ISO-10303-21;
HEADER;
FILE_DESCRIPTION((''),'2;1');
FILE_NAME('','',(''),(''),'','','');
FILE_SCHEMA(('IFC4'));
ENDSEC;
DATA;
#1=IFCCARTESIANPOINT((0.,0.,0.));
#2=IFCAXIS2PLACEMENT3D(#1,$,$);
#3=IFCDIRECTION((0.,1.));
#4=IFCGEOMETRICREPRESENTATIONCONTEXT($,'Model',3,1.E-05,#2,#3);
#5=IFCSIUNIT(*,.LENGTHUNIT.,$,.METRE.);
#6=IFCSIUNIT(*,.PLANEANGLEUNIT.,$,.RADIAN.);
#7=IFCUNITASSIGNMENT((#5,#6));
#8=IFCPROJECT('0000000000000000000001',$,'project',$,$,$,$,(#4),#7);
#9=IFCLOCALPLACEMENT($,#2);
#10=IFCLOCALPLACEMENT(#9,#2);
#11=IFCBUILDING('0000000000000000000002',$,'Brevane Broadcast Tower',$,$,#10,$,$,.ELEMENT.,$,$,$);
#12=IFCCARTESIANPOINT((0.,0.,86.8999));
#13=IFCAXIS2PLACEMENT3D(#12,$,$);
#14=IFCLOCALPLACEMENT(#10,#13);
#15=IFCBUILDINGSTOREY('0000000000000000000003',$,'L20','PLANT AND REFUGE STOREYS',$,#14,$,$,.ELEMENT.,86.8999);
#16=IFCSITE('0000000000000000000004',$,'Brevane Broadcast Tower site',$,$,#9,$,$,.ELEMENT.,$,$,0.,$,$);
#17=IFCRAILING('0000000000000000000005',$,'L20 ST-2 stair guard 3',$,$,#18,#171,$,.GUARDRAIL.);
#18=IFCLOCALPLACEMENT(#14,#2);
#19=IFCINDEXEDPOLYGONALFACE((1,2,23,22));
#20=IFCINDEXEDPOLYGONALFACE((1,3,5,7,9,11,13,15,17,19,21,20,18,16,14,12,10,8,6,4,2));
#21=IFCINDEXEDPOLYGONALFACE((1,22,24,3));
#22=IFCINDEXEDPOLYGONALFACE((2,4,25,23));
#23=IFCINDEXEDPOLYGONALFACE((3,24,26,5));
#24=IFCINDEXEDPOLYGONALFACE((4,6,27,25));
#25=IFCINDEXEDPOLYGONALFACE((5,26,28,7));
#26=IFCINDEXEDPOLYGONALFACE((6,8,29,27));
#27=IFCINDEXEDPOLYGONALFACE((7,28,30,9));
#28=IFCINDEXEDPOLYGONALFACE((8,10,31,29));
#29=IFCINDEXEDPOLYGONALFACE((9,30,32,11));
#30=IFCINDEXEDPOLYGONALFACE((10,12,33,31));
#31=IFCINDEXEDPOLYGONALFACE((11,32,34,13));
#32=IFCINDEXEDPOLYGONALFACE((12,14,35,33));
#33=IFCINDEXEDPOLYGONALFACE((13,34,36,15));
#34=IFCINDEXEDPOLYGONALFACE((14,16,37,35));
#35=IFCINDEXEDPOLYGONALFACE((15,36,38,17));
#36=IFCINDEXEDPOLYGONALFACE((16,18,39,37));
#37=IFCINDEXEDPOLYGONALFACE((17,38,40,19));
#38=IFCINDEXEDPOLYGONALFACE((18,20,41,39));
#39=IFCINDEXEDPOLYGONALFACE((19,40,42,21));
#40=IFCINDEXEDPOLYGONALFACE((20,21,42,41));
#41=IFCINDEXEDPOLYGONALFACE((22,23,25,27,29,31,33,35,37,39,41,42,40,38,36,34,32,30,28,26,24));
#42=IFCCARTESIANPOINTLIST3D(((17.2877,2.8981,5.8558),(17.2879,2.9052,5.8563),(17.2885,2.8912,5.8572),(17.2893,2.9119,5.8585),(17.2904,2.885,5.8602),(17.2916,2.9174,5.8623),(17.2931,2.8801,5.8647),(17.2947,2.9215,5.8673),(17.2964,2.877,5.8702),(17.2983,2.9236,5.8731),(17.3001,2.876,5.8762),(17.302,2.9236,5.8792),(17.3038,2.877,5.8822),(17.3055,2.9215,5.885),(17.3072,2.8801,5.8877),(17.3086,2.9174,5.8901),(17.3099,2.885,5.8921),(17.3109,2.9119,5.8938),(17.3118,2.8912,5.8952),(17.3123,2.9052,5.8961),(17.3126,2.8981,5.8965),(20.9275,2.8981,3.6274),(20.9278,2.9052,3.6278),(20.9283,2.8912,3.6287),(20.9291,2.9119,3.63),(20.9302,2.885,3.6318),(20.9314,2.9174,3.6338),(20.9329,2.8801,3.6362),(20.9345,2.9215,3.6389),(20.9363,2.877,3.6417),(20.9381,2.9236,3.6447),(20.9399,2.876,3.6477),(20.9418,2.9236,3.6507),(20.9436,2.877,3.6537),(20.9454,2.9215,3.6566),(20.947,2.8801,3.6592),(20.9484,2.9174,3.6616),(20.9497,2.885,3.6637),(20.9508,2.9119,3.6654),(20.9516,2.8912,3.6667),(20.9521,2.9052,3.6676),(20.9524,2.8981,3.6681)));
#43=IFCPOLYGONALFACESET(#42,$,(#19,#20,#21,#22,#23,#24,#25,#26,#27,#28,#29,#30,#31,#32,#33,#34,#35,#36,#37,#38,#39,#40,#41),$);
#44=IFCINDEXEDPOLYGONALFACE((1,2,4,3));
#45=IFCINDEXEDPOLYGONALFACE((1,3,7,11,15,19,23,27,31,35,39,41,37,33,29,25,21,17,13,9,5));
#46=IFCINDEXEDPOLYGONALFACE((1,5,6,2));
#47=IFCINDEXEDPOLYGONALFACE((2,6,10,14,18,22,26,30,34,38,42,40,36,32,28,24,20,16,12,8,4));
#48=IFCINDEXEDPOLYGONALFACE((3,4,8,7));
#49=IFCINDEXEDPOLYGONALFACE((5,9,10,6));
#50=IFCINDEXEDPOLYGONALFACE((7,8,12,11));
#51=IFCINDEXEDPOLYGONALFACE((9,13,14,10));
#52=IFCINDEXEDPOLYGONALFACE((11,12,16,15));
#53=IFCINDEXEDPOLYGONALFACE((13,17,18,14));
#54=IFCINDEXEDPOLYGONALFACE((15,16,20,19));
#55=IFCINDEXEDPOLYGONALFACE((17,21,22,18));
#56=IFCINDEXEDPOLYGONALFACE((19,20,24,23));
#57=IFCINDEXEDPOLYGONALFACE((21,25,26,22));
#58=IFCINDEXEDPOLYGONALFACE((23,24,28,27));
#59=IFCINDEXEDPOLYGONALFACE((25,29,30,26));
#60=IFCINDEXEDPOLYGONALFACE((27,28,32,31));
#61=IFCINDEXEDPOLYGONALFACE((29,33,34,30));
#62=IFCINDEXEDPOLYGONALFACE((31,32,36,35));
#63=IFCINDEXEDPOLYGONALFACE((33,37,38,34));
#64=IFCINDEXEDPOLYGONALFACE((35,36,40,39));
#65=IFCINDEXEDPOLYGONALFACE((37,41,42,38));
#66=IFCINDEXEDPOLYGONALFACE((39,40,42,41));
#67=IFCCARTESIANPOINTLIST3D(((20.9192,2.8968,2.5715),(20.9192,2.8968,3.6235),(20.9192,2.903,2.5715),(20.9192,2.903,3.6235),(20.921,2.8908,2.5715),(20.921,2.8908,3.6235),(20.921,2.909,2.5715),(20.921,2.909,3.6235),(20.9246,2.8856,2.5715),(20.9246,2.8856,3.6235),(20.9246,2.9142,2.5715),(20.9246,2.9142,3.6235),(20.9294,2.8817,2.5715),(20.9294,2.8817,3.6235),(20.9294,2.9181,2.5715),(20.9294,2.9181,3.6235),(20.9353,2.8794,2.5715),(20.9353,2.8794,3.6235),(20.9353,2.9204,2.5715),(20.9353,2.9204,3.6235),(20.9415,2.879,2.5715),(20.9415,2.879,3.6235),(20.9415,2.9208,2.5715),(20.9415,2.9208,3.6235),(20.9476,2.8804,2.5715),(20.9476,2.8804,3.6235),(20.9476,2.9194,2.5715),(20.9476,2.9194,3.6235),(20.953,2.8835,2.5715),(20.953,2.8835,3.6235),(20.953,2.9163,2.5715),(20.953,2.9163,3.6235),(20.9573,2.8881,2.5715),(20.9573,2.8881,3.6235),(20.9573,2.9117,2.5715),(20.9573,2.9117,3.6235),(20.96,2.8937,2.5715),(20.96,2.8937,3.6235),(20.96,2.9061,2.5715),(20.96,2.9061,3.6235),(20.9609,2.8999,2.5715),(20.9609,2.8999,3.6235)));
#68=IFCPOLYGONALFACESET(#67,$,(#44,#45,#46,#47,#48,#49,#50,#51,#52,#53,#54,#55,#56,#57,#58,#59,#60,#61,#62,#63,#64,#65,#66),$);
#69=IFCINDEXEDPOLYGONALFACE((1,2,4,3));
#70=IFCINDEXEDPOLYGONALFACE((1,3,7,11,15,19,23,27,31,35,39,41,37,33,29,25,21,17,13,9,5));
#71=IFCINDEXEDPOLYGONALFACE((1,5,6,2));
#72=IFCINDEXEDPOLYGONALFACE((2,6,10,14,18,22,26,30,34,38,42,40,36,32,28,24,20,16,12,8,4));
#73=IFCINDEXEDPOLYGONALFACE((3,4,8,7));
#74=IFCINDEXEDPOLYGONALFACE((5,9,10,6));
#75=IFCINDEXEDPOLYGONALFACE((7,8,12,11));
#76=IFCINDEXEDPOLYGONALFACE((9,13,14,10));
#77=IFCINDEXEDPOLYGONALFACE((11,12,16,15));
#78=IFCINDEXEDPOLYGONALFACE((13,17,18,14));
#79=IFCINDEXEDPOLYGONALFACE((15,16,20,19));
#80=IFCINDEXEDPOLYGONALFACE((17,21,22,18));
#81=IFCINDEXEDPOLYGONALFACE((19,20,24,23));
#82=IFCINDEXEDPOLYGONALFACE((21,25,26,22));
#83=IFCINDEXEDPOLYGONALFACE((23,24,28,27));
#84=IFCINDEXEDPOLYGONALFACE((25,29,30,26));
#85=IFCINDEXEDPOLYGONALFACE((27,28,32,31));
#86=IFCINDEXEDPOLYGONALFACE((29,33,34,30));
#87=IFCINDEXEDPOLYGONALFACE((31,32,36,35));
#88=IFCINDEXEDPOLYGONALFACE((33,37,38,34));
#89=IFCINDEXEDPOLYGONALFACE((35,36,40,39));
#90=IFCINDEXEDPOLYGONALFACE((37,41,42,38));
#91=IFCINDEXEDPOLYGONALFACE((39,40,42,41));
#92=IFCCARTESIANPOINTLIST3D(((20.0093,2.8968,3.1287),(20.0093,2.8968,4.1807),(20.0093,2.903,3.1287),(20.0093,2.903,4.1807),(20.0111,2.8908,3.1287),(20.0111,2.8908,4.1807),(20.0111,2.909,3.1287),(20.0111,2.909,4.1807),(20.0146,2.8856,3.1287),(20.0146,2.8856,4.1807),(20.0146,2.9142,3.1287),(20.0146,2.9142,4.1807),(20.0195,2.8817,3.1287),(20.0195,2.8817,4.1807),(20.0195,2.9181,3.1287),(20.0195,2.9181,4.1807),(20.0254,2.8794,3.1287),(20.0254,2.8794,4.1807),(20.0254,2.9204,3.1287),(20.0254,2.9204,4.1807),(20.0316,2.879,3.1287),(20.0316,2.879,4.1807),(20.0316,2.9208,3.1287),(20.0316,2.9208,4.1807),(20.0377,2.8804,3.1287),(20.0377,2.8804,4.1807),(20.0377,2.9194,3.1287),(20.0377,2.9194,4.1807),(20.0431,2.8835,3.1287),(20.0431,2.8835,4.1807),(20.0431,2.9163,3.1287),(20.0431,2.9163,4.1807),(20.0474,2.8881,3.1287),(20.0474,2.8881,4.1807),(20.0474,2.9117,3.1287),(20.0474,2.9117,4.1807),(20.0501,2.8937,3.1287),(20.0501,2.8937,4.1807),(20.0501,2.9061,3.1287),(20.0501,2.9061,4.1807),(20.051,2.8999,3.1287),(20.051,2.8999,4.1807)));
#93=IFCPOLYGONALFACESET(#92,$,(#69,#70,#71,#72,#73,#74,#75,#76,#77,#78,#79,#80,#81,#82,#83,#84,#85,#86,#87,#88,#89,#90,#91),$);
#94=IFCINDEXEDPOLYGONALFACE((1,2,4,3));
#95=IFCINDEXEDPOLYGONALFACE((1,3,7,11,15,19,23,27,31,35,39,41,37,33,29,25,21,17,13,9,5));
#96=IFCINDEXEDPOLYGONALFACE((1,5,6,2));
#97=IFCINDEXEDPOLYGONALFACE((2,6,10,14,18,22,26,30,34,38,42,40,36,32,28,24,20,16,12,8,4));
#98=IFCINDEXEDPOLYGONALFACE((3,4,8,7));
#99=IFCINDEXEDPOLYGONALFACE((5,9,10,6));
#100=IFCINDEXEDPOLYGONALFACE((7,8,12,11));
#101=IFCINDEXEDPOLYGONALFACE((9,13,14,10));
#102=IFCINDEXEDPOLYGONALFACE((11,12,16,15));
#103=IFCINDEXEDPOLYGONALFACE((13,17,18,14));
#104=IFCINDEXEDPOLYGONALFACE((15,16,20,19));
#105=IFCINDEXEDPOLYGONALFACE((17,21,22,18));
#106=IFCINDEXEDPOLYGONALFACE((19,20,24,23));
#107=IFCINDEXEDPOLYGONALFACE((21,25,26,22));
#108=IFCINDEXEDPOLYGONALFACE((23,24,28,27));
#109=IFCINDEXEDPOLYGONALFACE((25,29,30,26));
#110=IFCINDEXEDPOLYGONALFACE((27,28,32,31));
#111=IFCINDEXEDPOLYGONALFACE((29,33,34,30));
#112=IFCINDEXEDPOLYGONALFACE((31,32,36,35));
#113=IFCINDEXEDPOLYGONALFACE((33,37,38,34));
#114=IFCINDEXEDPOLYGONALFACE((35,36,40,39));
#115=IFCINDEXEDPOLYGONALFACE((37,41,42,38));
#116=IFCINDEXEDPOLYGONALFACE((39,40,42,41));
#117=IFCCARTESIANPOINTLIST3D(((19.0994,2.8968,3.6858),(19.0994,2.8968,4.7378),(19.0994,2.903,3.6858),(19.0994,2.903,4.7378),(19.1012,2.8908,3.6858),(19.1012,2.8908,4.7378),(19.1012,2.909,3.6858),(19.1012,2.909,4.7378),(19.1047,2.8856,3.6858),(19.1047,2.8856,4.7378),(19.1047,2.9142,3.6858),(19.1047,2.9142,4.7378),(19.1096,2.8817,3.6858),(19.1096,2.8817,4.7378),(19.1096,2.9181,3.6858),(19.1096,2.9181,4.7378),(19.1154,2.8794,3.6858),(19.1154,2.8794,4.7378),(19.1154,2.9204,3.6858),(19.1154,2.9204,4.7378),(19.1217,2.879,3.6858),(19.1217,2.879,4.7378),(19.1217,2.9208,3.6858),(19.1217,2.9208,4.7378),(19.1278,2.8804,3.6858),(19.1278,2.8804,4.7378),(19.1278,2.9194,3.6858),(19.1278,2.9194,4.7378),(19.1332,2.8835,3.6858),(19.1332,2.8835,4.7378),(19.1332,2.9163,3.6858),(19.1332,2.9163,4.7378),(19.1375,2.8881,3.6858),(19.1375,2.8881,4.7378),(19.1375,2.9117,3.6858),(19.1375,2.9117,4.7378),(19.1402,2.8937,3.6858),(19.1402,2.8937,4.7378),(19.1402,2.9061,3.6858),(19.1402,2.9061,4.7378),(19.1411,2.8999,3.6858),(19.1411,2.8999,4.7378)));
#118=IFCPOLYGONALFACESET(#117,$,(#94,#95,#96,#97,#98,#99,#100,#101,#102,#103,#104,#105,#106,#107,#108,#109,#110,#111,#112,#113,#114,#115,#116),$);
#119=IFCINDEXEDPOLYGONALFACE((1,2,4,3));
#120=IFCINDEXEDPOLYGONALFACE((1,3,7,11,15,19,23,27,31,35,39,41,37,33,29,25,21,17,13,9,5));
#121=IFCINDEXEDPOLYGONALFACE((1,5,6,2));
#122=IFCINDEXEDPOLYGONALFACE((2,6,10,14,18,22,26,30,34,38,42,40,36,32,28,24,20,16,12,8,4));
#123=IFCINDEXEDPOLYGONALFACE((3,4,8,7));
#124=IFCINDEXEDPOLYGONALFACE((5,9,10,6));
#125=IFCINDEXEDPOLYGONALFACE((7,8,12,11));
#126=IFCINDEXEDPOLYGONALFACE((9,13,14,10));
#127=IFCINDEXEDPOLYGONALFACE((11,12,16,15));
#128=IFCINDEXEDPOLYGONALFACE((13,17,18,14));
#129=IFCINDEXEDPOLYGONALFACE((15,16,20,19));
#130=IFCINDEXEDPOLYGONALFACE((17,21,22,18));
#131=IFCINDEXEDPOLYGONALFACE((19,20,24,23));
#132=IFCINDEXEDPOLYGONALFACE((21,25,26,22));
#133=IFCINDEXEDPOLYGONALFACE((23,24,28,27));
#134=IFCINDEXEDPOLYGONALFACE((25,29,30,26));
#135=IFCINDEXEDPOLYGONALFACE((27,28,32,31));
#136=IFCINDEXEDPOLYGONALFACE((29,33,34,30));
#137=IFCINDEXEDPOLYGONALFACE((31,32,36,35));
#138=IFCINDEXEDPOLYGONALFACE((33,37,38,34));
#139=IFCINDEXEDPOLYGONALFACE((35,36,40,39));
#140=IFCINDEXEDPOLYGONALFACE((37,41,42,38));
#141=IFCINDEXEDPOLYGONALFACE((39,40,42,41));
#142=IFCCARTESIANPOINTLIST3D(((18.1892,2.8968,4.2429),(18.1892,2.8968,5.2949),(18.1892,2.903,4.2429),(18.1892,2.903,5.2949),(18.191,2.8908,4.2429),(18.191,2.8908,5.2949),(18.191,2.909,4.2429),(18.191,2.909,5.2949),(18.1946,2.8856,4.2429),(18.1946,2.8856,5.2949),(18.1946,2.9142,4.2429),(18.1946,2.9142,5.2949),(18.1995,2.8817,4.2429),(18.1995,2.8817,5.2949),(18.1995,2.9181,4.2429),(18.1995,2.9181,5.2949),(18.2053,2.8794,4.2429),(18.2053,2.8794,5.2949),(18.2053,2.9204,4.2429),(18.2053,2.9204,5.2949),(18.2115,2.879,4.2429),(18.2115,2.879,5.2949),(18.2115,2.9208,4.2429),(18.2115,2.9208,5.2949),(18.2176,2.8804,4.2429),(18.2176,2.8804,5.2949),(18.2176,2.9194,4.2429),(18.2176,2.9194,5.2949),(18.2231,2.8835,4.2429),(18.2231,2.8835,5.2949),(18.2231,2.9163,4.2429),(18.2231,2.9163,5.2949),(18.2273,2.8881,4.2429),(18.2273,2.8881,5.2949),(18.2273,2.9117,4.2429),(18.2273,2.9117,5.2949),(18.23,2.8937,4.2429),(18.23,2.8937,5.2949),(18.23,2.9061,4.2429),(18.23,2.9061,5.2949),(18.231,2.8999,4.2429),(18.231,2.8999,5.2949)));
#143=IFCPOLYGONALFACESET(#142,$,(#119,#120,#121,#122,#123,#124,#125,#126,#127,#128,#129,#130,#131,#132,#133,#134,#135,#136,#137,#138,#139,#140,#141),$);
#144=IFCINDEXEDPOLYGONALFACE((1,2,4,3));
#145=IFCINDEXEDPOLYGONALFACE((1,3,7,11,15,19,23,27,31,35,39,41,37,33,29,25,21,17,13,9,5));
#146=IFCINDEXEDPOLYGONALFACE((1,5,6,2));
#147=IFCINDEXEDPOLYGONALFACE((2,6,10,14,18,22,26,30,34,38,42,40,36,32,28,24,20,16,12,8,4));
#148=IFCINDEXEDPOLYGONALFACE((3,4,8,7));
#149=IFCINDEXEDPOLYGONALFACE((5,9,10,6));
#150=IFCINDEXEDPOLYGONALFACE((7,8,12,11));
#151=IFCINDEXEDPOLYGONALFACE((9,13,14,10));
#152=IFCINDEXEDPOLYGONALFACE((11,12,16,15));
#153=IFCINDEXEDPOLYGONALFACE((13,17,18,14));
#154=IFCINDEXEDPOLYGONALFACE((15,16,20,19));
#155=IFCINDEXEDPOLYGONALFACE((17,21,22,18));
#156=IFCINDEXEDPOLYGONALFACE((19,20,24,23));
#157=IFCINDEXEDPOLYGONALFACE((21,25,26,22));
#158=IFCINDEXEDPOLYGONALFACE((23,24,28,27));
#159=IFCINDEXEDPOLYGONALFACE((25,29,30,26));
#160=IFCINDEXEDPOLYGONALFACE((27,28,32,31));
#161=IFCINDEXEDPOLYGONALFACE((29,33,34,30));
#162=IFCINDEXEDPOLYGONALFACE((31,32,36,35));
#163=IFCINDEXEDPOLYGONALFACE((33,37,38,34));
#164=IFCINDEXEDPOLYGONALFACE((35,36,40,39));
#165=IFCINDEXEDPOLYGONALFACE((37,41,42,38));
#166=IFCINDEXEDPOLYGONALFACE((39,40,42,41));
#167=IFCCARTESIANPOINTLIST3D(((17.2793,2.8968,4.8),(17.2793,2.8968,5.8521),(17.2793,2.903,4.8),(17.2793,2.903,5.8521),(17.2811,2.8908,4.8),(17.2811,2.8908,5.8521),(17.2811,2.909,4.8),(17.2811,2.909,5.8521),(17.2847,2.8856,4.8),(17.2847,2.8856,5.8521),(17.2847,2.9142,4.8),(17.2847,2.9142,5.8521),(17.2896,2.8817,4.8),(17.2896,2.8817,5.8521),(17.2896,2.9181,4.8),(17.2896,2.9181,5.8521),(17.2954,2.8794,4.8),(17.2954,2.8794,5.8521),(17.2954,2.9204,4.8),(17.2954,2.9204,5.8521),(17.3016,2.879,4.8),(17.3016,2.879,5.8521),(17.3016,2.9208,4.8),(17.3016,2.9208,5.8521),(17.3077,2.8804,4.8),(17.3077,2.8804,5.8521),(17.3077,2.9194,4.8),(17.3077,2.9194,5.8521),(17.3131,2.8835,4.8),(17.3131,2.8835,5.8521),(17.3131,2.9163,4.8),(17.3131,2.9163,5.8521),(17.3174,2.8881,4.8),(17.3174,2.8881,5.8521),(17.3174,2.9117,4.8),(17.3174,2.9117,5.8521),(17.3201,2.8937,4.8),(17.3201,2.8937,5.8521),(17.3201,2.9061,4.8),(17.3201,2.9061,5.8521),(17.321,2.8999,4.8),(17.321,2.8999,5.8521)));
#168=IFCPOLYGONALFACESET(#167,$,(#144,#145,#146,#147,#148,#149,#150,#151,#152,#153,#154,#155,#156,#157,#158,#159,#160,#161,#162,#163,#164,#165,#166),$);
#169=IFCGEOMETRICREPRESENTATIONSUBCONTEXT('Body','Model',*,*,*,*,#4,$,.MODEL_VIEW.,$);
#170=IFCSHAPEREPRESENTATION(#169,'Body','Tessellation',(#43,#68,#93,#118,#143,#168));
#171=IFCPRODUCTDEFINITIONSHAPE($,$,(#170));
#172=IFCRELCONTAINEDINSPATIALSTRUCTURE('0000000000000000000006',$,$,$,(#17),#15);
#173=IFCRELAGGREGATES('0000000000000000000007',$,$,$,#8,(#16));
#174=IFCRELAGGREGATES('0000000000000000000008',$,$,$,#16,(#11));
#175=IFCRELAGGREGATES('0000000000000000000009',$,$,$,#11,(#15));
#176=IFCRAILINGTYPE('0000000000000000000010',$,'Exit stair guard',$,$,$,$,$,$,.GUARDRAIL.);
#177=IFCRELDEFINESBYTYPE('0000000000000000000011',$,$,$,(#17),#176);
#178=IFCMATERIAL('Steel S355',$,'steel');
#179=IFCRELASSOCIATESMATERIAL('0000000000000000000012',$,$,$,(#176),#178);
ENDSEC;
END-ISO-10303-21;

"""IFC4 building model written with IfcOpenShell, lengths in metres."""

from ifc_helpers import new_model, si_unit, direction, frame, origin, origin_2d, place, context, subcontext, project, spatial, circle, extrude, material, type_object, element, save


model = new_model("IFC4")

# Units and contexts
model_context = context("Model", 3, precision=1e-05, world=origin(), true_north=direction((0.0, 1.0)))
body_context = subcontext(model_context, "Body", "Model", "MODEL_VIEW")
ifc_project = project(units=[si_unit("LENGTHUNIT", "METRE"), si_unit("PLANEANGLEUNIT", "RADIAN")], contexts=[model_context])

# Site, building, storey
site_placement = place(None, origin())
site = spatial("IfcSite", under=ifc_project, at=site_placement, Name="Brevane Broadcast Tower site", CompositionType="ELEMENT", RefElevation=0.0)
building_placement = place(site_placement, origin())
building = spatial("IfcBuilding", under=site, at=building_placement, Name="Brevane Broadcast Tower", CompositionType="ELEMENT")
storey_placement = place(building_placement, frame((0.0, 0.0, 86.8999)))
storey = spatial("IfcBuildingStorey", under=building, at=storey_placement, Name="L20", Description="PLANT AND REFUGE STOREYS", CompositionType="ELEMENT", Elevation=86.8999)

# Shared definitions
ifc_material_1 = material(Name="Steel S355", Category="steel")

# Railing
railing_type_1 = type_object("IfcRailingType", Name="Exit stair guard", PredefinedType="GUARDRAIL", material=ifc_material_1)
railing_1_placement = place(storey_placement, frame((20.9399, 2.8999, 2.5715)))
element("IfcRailing", 1, at=railing_1_placement, inside=storey, type_object=railing_type_1, Name="L20 ST-2 stair guard 3", PredefinedType="GUARDRAIL", context=body_context, shape_type="SweptSolid", body=[
    extrude(circle(Radius=0.0239, at=origin_2d()), frame((0.0, 0.0, 1.0762), z_axis=(-0.85285, 0.0, 0.522156), x_axis=(0.0, -1.0, 0.0)), (0.0, 0.0, 1.0), 4.2678),
    extrude(circle(Radius=0.021, at=origin_2d()), origin(), (0.0, 0.0, 1.0), 1.052),
    extrude(circle(Radius=0.021, at=origin_2d()), frame((-0.9099, 0.0, 0.5571)), (0.0, 0.0, 1.0), 1.052),
    extrude(circle(Radius=0.021, at=origin_2d()), frame((-1.8198, 0.0, 1.1143)), (0.0, 0.0, 1.0), 1.052),
    extrude(circle(Radius=0.021, at=origin_2d()), frame((-2.73, 0.0, 1.6714)), (0.0, 0.0, 1.0), 1.052),
    extrude(circle(Radius=0.021, at=origin_2d()), frame((-3.6399, 0.0, 2.2285)), (0.0, 0.0, 1.0), 1.052),
])

save(model, "model.ifc")
